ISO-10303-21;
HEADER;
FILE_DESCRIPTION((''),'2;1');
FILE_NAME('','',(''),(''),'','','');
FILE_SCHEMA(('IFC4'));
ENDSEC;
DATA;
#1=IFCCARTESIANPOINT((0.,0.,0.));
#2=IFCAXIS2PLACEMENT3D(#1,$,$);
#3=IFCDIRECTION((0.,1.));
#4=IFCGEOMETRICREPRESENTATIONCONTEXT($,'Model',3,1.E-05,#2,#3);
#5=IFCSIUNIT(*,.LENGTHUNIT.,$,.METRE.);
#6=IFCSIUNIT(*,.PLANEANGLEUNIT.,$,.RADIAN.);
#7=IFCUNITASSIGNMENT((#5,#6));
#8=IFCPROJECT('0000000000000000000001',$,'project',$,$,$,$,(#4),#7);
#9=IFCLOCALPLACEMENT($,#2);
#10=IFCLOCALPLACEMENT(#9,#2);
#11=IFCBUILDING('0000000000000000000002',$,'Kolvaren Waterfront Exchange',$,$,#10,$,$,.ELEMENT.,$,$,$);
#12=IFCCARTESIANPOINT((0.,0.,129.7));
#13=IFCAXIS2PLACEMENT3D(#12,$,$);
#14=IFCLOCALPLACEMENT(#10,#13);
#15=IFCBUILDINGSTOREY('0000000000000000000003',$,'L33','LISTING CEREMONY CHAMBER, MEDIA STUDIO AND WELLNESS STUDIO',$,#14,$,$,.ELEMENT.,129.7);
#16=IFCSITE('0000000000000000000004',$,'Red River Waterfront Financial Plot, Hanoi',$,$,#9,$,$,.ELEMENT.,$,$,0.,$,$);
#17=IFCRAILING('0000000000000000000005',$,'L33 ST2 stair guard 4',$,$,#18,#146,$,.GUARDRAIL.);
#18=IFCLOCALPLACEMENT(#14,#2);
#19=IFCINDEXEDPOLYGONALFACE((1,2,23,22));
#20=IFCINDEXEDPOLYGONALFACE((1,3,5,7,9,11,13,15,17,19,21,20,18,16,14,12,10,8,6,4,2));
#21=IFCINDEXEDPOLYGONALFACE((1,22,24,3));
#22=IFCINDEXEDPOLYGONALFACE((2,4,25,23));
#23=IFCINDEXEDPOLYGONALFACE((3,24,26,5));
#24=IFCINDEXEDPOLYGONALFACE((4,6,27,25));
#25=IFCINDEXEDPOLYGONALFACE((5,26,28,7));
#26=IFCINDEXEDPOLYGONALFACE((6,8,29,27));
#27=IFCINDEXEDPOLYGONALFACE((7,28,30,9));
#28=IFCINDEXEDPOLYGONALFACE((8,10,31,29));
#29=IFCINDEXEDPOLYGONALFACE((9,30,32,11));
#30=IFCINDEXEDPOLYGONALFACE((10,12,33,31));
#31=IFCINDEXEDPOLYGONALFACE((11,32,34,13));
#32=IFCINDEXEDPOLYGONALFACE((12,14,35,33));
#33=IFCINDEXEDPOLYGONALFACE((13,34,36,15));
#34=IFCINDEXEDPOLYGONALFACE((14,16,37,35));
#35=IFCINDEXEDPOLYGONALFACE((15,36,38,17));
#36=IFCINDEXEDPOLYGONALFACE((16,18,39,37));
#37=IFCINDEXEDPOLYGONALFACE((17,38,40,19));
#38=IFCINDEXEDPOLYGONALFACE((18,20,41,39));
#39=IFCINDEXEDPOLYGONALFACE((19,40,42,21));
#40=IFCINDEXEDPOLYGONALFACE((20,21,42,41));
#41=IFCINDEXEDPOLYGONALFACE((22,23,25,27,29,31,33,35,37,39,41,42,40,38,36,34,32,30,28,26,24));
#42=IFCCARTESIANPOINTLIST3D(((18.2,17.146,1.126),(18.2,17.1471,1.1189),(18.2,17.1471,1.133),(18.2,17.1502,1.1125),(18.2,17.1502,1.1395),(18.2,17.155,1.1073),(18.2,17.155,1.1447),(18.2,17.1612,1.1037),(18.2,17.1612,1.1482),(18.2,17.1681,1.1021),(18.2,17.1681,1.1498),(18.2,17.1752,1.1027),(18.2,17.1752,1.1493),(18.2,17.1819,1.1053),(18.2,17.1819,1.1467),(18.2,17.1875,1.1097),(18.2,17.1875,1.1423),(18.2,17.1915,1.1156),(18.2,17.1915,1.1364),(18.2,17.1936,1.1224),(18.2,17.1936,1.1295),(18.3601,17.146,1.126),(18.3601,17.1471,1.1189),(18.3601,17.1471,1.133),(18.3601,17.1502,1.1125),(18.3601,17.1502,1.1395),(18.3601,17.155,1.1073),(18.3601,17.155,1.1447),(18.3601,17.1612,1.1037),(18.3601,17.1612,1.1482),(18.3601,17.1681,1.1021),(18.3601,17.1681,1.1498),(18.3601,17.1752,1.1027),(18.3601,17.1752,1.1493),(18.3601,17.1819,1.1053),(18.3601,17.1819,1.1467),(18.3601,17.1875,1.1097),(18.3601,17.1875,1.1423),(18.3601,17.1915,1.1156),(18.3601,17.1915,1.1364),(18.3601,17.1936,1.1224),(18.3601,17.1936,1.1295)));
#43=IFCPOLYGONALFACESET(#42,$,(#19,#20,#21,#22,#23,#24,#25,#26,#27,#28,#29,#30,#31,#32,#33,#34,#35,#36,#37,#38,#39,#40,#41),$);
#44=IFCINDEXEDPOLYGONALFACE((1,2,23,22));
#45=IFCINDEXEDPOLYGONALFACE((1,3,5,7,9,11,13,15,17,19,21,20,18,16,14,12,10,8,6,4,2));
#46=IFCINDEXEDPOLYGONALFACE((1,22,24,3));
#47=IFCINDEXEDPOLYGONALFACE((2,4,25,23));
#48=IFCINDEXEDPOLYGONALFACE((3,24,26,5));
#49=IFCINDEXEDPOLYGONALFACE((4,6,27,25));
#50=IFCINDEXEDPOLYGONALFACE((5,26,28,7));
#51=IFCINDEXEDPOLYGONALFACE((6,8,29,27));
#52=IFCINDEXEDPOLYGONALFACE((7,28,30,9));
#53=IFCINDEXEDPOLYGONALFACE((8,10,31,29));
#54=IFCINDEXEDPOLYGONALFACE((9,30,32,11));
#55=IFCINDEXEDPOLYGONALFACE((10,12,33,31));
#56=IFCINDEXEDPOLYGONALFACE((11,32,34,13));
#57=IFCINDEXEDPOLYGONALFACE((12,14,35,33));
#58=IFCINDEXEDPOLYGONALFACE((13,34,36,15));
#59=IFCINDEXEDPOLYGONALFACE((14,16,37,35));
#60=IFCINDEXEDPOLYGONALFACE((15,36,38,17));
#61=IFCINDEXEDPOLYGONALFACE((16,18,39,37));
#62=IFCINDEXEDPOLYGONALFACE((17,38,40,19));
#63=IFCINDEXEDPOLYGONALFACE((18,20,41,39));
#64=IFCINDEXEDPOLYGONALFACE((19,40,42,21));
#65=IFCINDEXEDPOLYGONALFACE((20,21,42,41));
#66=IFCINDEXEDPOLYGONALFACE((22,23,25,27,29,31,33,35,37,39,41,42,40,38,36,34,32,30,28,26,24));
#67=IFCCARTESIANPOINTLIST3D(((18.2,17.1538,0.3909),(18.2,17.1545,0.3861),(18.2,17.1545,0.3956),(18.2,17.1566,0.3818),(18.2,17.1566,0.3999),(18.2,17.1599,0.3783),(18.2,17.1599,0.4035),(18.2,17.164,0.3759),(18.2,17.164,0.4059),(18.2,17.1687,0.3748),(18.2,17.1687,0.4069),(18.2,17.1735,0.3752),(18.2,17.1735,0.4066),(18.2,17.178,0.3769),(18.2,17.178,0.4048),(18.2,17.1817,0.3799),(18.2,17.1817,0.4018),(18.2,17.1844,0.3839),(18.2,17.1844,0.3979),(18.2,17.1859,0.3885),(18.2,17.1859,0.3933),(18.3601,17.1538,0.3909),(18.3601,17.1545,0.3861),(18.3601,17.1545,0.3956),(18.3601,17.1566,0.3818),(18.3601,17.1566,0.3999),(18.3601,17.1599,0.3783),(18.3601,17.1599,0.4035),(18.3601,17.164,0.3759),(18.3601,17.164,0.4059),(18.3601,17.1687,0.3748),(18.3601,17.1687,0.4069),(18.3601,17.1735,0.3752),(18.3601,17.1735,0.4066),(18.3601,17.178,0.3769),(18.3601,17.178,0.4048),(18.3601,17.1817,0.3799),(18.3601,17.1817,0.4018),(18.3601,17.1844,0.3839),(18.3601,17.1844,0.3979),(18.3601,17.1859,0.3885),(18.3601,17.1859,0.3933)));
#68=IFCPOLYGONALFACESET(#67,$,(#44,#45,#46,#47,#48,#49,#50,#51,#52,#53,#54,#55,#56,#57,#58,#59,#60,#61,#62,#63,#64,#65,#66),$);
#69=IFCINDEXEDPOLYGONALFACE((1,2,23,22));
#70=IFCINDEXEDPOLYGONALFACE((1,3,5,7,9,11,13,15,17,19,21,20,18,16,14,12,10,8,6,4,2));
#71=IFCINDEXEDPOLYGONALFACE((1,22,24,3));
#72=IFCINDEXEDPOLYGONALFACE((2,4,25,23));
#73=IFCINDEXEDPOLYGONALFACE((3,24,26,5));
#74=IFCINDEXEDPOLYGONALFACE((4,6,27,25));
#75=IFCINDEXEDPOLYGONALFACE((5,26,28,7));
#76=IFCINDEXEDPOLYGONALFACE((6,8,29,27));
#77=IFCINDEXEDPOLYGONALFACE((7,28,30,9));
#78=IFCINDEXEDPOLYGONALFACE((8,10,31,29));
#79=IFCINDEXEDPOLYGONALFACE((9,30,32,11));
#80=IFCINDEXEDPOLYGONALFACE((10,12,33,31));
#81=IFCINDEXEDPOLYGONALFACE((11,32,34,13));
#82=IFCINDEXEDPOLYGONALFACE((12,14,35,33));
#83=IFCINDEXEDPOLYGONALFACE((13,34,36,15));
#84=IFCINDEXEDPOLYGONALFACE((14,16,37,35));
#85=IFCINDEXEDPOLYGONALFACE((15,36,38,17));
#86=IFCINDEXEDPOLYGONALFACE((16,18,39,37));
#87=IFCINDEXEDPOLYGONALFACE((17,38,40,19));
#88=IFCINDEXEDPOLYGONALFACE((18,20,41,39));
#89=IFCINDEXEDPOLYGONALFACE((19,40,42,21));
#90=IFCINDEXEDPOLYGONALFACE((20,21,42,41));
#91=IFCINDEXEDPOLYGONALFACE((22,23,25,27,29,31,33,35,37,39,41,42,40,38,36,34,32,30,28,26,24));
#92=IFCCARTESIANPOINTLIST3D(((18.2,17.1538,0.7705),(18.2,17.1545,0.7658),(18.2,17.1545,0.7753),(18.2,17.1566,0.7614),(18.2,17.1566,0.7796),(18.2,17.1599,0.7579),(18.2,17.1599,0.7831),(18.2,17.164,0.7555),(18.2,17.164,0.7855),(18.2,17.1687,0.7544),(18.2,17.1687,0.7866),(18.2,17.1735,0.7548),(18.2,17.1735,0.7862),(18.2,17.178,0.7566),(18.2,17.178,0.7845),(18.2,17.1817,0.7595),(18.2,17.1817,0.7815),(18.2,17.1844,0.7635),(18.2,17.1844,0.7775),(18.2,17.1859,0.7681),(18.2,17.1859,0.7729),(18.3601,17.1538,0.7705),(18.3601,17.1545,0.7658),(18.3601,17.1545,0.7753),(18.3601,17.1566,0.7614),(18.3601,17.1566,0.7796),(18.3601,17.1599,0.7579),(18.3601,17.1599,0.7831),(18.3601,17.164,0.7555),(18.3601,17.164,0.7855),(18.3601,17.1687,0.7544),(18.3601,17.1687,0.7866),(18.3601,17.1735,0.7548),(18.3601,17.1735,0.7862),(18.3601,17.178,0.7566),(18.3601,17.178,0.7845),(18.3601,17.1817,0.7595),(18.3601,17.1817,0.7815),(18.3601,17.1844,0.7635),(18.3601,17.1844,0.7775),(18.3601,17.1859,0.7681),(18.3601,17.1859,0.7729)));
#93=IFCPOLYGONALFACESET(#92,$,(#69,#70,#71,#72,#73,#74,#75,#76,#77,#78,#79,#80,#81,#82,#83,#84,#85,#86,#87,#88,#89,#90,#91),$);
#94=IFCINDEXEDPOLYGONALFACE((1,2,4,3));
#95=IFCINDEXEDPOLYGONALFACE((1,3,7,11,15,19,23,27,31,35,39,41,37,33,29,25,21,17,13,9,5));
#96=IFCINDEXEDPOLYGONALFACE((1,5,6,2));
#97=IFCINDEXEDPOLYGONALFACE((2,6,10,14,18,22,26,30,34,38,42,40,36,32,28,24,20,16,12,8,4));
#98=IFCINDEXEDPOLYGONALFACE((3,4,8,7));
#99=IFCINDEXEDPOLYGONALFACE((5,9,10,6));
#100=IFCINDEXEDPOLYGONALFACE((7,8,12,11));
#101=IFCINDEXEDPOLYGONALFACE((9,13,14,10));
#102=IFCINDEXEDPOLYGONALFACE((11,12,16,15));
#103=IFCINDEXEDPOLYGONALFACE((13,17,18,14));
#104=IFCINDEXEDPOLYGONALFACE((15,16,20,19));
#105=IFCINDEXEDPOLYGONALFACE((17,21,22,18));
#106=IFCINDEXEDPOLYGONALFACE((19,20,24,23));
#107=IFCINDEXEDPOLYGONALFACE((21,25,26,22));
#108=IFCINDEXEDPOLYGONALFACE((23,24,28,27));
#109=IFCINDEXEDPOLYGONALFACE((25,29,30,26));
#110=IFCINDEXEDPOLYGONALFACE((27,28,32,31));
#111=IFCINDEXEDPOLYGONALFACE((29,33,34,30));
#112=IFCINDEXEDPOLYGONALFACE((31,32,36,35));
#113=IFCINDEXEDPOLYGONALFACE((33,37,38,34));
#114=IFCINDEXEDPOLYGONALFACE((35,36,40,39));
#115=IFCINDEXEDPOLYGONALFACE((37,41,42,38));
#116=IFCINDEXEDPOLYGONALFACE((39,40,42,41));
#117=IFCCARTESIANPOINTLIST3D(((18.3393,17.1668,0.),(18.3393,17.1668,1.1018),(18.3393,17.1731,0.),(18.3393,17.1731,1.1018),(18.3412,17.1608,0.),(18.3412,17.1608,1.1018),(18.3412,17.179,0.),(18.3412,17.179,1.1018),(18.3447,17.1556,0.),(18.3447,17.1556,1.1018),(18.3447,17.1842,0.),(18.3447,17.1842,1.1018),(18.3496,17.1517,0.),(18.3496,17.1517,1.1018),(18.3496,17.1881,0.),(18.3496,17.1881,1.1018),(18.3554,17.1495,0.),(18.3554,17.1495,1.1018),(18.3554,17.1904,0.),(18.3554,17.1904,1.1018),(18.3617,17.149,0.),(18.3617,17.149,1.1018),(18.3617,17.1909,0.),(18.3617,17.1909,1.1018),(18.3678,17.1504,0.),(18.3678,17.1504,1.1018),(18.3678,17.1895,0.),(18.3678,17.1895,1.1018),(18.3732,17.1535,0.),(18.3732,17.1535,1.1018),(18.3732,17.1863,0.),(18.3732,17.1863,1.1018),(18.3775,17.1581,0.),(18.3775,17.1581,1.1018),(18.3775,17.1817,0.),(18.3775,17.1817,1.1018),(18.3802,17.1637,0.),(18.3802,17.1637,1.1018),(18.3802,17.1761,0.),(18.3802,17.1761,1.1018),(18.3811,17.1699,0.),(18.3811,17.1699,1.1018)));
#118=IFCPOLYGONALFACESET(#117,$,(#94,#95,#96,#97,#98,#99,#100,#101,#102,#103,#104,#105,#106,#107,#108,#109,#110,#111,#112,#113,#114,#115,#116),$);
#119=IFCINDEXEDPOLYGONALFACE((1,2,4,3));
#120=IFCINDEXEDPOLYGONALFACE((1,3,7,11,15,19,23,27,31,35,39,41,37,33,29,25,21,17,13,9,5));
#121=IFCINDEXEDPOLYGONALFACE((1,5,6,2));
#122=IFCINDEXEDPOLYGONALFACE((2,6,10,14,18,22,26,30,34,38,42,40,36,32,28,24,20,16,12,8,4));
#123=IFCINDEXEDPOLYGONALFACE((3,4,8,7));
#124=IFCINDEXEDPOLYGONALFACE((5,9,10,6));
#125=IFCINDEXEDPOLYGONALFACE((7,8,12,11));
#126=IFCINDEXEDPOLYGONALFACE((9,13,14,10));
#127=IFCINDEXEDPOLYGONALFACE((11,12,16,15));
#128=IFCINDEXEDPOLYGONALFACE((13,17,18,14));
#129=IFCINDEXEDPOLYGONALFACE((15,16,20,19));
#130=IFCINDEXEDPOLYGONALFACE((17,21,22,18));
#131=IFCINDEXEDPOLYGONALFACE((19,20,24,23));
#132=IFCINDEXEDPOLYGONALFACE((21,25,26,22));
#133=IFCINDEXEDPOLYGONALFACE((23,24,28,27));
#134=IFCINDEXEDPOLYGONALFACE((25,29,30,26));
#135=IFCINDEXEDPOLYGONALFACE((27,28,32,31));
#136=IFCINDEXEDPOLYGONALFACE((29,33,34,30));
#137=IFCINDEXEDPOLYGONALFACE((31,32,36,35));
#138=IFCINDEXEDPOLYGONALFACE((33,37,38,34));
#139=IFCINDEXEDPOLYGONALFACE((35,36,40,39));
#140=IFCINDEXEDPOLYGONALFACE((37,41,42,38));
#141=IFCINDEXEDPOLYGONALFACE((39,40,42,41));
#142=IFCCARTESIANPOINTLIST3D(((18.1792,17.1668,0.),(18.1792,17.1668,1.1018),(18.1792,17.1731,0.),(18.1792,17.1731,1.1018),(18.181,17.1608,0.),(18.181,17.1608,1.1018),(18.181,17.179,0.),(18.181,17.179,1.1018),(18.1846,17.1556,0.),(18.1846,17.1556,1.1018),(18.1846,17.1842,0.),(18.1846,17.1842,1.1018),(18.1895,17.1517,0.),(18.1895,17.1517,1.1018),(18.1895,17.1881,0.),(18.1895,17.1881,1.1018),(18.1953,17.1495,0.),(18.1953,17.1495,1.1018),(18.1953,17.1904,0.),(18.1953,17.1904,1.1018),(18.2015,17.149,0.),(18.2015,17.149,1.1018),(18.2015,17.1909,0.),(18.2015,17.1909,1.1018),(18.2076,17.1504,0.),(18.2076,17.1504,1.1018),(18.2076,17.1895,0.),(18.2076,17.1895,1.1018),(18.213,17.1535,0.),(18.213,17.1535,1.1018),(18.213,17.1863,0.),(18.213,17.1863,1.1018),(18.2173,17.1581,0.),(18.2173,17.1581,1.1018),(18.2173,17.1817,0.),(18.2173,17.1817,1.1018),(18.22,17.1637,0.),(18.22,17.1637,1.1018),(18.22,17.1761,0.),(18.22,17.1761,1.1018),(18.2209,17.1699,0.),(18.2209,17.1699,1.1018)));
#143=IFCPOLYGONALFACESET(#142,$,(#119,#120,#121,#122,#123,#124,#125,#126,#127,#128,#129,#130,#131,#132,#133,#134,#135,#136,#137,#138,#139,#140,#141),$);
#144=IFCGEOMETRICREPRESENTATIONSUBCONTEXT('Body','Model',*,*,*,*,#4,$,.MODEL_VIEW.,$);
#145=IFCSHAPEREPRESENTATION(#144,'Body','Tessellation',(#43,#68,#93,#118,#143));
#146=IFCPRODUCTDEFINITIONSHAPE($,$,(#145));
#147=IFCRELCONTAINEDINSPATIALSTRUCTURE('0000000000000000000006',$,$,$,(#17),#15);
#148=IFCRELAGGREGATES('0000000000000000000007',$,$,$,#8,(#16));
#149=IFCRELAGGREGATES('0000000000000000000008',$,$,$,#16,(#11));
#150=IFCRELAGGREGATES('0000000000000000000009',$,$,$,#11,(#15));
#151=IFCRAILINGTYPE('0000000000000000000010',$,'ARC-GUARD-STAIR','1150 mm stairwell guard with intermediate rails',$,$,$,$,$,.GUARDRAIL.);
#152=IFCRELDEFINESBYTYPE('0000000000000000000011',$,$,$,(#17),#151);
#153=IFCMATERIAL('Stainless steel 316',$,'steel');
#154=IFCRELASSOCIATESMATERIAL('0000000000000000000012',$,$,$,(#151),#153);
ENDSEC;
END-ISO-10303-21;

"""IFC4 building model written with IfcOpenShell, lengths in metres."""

from ifc_helpers import new_model, si_unit, direction, frame, origin, origin_2d, place, context, subcontext, project, spatial, circle, extrude, material, type_object, element, save


model = new_model("IFC4")

# Units and contexts
model_context = context("Model", 3, precision=1e-05, world=origin(), true_north=direction((0.0, 1.0)))
body_context = subcontext(model_context, "Body", "Model", "MODEL_VIEW")
ifc_project = project(units=[si_unit("LENGTHUNIT", "METRE"), si_unit("PLANEANGLEUNIT", "RADIAN")], contexts=[model_context])

# Site, building, storey
site_placement = place(None, origin())
site = spatial("IfcSite", under=ifc_project, at=site_placement, Name="Red River Waterfront Financial Plot, Hanoi", CompositionType="ELEMENT", RefElevation=0.0)
building_placement = place(site_placement, origin())
building = spatial("IfcBuilding", under=site, at=building_placement, Name="Kolvaren Waterfront Exchange", CompositionType="ELEMENT")
storey_placement = place(building_placement, frame((0.0, 0.0, 129.7)))
storey = spatial("IfcBuildingStorey", under=building, at=storey_placement, Name="L33", Description="LISTING CEREMONY CHAMBER, MEDIA STUDIO AND WELLNESS STUDIO", CompositionType="ELEMENT", Elevation=129.7)

# Railing
ifc_material_1 = material(Name="Stainless steel 316", Category="steel")
railing_type_1 = type_object("IfcRailingType", Name="ARC-GUARD-STAIR", Description="1150 mm stairwell guard with intermediate rails", PredefinedType="GUARDRAIL", material=ifc_material_1)
railing_1_placement = place(storey_placement, frame((18.3601, 17.1699, 0.0)))
element("IfcRailing", 1, at=railing_1_placement, inside=storey, type_object=railing_type_1, Name="L33 ST2 stair guard 4", PredefinedType="GUARDRAIL", context=body_context, shape_type="SweptSolid", body=[
    extrude(circle(Radius=0.0239, at=origin_2d()), frame((0.0, 0.0, 1.126), z_axis=(-1.0, 0.0, 0.0), x_axis=(0.0, -1.0, 0.0)), (0.0, 0.0, 1.0), 0.1602),
    extrude(circle(Radius=0.0161, at=origin_2d()), frame((0.0, 0.0, 0.3909), z_axis=(-1.0, 0.0, 0.0), x_axis=(0.0, -1.0, 0.0)), (0.0, 0.0, 1.0), 0.1602),
    extrude(circle(Radius=0.0161, at=origin_2d()), frame((0.0, 0.0, 0.7705), z_axis=(-1.0, 0.0, 0.0), x_axis=(0.0, -1.0, 0.0)), (0.0, 0.0, 1.0), 0.1602),
    extrude(circle(Radius=0.021, at=origin_2d()), origin(), (0.0, 0.0, 1.0), 1.1018),
    extrude(circle(Radius=0.021, at=origin_2d()), frame((-0.1602, 0.0, 0.0)), (0.0, 0.0, 1.0), 1.1018),
])

save(model, "model.ifc")
